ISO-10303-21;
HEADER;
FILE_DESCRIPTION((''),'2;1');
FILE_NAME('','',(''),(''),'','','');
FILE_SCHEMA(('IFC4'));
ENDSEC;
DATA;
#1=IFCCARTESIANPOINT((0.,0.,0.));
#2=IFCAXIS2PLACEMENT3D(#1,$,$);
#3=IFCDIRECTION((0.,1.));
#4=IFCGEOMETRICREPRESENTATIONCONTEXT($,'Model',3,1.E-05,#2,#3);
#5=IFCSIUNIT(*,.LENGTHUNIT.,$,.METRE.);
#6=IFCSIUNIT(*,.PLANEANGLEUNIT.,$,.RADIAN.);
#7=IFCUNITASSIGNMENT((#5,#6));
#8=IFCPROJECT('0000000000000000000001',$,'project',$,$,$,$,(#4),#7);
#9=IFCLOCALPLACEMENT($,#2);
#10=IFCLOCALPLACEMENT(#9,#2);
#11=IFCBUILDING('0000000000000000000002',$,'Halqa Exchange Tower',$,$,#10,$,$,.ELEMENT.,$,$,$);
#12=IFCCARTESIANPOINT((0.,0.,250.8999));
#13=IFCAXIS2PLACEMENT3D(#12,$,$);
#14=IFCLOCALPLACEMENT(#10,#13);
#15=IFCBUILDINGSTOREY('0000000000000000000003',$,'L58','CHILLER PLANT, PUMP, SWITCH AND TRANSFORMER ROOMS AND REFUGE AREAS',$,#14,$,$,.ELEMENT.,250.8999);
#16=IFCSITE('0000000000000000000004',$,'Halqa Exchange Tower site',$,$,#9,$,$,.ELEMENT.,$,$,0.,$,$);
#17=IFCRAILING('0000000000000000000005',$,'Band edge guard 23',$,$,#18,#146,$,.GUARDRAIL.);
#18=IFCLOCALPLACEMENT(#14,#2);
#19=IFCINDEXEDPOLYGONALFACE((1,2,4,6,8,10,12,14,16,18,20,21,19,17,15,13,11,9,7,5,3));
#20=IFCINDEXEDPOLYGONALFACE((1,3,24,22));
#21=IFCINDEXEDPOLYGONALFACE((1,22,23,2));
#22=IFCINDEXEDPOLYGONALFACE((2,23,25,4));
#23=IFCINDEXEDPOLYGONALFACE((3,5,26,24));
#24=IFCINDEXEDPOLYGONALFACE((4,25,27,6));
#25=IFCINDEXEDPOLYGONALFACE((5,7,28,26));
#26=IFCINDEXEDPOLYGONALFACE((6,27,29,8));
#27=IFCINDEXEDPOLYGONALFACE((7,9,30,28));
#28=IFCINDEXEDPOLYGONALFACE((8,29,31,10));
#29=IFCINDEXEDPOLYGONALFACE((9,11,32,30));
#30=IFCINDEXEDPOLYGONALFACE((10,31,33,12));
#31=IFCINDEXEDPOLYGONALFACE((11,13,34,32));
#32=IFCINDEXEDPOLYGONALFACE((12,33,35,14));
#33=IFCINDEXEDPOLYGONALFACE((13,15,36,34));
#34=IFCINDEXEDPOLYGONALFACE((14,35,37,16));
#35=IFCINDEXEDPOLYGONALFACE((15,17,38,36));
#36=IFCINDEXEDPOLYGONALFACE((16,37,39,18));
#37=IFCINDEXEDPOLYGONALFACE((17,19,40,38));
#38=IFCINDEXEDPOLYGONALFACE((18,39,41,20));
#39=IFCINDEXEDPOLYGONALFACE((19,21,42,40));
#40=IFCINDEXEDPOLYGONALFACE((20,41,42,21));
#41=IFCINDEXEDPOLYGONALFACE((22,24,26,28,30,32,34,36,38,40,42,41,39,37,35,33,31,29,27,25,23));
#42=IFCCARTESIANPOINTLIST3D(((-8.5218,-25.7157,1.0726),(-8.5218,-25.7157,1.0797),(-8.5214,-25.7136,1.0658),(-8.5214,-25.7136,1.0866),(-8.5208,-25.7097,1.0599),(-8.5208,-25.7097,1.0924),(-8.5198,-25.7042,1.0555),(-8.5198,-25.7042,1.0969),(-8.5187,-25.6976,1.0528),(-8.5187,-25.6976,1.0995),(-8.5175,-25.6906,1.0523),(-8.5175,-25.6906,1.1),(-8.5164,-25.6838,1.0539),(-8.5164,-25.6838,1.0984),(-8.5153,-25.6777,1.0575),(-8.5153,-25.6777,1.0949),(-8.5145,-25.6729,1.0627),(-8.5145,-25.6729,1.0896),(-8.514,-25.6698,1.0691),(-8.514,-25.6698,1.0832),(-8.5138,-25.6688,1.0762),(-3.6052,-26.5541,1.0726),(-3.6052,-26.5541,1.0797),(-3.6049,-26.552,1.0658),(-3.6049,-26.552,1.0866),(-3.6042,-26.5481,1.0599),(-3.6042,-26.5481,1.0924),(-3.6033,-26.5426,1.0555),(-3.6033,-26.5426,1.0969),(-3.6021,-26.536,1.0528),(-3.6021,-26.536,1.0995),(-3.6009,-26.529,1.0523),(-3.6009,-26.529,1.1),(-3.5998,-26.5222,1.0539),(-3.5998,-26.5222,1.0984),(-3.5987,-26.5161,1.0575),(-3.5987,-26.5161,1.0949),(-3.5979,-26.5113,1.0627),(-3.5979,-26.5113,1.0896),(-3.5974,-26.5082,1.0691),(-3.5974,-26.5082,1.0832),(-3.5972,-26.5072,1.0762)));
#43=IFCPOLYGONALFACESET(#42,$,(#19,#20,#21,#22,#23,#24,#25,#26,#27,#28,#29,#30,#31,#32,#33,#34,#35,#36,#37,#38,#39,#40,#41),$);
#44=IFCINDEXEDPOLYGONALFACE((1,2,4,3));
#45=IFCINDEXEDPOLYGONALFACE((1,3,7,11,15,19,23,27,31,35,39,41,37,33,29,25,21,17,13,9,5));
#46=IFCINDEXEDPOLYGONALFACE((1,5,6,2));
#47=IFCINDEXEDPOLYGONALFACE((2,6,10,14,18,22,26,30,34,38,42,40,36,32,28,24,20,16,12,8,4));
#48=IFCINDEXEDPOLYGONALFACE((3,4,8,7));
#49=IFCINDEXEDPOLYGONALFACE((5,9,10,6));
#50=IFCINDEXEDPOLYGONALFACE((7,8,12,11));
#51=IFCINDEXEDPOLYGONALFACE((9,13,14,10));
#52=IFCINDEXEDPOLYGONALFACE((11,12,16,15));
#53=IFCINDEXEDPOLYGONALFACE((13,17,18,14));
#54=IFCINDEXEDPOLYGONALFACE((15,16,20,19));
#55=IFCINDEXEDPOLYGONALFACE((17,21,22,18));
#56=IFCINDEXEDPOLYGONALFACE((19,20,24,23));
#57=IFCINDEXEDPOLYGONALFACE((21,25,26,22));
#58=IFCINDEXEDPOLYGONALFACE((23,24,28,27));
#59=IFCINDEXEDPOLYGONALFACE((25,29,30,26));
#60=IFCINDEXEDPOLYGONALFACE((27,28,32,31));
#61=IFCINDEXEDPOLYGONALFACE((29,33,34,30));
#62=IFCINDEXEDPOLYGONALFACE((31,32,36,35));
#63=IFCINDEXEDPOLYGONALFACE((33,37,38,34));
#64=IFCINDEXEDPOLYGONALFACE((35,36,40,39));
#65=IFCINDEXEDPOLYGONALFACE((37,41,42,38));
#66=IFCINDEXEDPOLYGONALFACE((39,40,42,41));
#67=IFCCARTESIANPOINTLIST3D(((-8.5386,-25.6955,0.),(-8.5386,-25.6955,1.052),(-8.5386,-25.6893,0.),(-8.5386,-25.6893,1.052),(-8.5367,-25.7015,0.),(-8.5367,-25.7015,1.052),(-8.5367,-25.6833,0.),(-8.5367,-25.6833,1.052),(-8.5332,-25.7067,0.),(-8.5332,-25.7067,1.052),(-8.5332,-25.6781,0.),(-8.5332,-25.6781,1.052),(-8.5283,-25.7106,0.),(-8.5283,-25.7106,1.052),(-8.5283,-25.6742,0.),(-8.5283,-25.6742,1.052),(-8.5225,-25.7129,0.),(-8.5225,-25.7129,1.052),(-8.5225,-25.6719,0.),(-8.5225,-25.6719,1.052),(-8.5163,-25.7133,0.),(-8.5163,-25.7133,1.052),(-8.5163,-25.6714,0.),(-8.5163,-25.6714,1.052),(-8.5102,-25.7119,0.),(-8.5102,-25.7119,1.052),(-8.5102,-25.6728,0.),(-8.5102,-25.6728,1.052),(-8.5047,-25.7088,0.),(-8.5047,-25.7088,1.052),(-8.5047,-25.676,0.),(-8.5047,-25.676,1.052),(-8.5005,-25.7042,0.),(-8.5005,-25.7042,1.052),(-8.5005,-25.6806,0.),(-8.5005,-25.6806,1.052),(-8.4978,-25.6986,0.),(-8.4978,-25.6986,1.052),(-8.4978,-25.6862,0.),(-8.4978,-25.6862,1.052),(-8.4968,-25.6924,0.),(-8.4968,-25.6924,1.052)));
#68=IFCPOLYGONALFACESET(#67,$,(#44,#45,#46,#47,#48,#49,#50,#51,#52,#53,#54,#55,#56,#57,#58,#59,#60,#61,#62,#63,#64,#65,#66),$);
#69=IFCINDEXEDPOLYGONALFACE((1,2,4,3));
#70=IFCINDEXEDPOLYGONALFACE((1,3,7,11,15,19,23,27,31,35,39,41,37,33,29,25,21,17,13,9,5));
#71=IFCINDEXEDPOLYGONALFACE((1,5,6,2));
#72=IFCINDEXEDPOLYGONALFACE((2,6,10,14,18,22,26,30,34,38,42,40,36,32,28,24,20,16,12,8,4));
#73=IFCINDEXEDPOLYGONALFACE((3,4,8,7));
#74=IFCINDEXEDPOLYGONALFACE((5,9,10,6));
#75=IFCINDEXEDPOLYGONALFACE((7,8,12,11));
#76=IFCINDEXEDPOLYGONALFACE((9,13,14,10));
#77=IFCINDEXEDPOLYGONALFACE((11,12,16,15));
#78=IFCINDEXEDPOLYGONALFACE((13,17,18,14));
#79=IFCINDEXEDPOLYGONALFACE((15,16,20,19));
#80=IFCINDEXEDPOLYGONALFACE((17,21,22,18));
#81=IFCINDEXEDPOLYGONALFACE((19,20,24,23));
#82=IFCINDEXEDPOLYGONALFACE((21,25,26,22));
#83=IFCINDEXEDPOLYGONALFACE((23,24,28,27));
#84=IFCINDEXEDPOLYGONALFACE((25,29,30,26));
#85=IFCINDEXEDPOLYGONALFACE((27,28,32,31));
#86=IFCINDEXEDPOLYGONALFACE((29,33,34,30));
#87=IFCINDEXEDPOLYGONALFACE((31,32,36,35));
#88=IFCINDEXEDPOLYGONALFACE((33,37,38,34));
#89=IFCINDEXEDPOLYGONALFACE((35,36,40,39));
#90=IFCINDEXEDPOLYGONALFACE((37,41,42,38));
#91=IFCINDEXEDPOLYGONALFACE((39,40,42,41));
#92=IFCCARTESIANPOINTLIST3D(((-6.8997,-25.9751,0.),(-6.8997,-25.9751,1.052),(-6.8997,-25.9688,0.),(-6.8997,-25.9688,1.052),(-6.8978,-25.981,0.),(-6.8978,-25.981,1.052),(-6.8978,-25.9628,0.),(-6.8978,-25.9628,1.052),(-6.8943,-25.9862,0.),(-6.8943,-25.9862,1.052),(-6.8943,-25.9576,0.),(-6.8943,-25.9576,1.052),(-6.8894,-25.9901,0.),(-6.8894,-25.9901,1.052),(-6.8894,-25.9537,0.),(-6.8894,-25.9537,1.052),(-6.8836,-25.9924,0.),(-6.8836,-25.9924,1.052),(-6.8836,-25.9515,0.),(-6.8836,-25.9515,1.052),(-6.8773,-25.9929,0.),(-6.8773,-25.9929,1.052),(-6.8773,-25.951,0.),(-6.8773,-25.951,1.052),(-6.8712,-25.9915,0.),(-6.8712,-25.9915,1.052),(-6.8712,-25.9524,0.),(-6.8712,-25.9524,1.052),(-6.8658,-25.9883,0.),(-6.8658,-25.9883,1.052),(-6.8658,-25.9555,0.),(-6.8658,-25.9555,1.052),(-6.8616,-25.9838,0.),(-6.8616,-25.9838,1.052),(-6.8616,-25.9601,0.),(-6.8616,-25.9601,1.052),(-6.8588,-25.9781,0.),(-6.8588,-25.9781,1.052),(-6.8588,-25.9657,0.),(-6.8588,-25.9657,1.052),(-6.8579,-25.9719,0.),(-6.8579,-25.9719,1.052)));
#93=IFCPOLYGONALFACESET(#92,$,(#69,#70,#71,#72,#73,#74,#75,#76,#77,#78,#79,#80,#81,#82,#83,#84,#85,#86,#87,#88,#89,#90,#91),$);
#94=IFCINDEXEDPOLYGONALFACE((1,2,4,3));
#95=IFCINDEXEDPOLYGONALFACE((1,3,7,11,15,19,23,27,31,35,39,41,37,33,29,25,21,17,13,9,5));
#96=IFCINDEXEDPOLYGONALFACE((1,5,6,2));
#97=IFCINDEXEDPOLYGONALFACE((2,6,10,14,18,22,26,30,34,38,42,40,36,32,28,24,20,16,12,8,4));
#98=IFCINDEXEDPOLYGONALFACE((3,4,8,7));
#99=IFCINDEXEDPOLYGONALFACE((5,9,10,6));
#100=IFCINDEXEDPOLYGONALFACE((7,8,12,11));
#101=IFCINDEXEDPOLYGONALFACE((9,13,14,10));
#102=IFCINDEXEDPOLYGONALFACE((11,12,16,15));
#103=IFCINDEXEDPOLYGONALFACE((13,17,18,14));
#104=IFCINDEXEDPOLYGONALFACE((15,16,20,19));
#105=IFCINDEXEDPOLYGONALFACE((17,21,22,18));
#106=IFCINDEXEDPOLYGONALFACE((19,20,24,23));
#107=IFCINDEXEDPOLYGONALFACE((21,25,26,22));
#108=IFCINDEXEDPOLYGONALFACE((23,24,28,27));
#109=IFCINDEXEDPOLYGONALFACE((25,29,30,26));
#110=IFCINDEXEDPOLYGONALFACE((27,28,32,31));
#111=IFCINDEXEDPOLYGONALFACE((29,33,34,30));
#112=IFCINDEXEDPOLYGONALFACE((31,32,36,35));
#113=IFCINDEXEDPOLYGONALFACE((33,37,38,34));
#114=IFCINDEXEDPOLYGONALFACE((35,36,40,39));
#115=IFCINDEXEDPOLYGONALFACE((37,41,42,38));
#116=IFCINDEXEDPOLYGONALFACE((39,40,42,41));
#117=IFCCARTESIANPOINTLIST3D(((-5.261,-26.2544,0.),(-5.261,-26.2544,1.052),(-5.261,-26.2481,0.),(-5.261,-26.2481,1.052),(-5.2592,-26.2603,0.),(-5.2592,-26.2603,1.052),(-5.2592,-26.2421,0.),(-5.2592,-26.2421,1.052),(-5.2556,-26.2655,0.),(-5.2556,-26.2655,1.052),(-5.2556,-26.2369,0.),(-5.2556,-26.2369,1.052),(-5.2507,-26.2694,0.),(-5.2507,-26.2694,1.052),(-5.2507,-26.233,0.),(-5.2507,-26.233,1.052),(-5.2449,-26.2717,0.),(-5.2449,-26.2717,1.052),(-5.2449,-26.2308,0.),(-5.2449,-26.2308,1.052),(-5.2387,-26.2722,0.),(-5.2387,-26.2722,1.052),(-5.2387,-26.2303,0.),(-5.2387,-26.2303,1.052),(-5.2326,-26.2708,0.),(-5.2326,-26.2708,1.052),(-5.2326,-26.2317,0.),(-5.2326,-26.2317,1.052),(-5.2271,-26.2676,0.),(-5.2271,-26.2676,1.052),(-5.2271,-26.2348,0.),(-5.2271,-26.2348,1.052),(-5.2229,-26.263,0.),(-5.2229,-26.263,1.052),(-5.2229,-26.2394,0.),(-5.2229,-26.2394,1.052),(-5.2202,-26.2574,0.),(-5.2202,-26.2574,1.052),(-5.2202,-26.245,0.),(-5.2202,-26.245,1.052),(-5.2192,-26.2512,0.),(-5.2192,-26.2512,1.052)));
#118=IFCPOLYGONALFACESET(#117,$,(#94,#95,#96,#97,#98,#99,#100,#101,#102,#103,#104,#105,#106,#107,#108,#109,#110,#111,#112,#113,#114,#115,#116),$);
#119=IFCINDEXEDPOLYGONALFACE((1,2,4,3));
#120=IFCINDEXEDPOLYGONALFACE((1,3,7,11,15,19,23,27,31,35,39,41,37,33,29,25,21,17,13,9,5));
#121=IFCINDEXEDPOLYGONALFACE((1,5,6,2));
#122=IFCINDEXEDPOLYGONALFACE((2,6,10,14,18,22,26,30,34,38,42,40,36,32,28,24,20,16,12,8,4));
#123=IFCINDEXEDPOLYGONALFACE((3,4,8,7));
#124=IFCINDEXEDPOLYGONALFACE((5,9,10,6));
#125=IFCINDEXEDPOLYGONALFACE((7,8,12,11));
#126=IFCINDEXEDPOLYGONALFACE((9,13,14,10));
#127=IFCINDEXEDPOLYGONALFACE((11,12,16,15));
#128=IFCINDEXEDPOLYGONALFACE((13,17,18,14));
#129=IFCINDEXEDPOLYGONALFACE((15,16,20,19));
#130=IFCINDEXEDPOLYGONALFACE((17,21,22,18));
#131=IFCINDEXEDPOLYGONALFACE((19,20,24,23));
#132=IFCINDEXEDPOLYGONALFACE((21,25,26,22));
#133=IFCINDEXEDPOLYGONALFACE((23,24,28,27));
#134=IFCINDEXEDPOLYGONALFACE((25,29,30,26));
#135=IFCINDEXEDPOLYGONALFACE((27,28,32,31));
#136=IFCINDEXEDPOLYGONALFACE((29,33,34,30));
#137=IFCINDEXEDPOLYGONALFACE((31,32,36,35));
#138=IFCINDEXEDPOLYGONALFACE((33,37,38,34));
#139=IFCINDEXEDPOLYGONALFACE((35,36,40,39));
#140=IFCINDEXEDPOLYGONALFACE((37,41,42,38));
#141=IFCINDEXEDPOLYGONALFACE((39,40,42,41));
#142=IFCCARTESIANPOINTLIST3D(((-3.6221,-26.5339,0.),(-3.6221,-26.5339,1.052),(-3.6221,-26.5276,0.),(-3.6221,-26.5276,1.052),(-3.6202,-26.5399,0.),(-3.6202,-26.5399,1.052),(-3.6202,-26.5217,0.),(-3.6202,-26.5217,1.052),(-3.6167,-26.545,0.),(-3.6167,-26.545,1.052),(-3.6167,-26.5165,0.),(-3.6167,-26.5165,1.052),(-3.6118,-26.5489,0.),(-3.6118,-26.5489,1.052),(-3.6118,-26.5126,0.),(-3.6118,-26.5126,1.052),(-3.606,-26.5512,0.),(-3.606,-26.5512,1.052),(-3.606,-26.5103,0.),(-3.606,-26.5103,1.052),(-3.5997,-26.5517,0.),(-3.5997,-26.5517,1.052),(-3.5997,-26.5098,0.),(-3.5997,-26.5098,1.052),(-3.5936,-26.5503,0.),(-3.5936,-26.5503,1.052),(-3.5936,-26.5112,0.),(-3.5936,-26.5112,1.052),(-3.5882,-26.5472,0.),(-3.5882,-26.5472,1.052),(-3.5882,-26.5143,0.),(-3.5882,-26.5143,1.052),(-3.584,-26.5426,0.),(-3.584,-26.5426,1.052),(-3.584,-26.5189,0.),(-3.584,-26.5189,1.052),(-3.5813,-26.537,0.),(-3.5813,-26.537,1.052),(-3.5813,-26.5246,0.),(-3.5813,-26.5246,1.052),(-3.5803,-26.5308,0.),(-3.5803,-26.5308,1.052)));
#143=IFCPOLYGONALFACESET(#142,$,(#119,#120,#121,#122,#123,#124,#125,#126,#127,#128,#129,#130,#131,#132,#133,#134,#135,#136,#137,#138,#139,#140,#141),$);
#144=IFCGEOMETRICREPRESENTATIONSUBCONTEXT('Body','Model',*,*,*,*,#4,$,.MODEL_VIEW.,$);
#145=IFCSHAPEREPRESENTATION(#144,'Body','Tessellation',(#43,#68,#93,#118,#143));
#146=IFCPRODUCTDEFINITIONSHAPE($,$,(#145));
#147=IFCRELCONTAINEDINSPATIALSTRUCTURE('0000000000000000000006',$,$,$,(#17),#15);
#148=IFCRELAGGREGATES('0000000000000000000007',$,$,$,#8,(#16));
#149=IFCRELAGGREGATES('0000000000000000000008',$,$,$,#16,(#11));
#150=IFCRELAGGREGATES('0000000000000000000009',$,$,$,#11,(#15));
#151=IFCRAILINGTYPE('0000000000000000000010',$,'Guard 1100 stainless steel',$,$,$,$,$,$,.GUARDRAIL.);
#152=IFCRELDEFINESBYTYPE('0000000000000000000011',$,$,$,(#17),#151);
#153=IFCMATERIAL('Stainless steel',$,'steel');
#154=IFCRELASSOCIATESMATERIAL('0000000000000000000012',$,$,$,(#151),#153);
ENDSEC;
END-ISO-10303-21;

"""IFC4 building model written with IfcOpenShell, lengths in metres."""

from ifc_helpers import new_model, si_unit, direction, frame, origin, origin_2d, place, context, subcontext, project, spatial, circle, extrude, material, type_object, element, save


model = new_model("IFC4")

# Units and contexts
model_context = context("Model", 3, precision=1e-05, world=origin(), true_north=direction((0.0, 1.0)))
body_context = subcontext(model_context, "Body", "Model", "MODEL_VIEW")
ifc_project = project(units=[si_unit("LENGTHUNIT", "METRE"), si_unit("PLANEANGLEUNIT", "RADIAN")], contexts=[model_context])

# Site, building, storey
site_placement = place(None, origin())
site = spatial("IfcSite", under=ifc_project, at=site_placement, Name="Halqa Exchange Tower site", CompositionType="ELEMENT", RefElevation=0.0)
building_placement = place(site_placement, origin())
building = spatial("IfcBuilding", under=site, at=building_placement, Name="Halqa Exchange Tower", CompositionType="ELEMENT")
storey_placement = place(building_placement, frame((0.0, 0.0, 250.8999)))
storey = spatial("IfcBuildingStorey", under=building, at=storey_placement, Name="L58", Description="CHILLER PLANT, PUMP, SWITCH AND TRANSFORMER ROOMS AND REFUGE AREAS", CompositionType="ELEMENT", Elevation=250.8999)

# Railing
ifc_material_1 = material(Name="Stainless steel", Category="steel")
railing_type = type_object("IfcRailingType", Name="Guard 1100 stainless steel", PredefinedType="GUARDRAIL", material=ifc_material_1)
railing_1_placement = place(storey_placement, frame((-8.5178, -25.6924, 0.0)))
element("IfcRailing", 1, at=railing_1_placement, inside=storey, type_object=railing_type, Name="Band edge guard 23", PredefinedType="GUARDRAIL", context=body_context, shape_type="SweptSolid", body=[
    extrude(circle(Radius=0.0239, at=origin_2d()), frame((0.0, 0.0, 1.0762), z_axis=(0.98577, -0.168097, 0.0), x_axis=(0.168097, 0.98577, 0.0)), (0.0, 0.0, 1.0), 4.9875),
    extrude(circle(Radius=0.021, at=origin_2d()), origin(), (0.0, 0.0, 1.0), 1.052),
    extrude(circle(Radius=0.021, at=origin_2d()), frame((1.6389, -0.2795, 0.0)), (0.0, 0.0, 1.0), 1.052),
    extrude(circle(Radius=0.021, at=origin_2d()), frame((3.2776, -0.5588, 0.0)), (0.0, 0.0, 1.0), 1.052),
    extrude(circle(Radius=0.021, at=origin_2d()), frame((4.9165, -0.8384, 0.0)), (0.0, 0.0, 1.0), 1.052),
])

save(model, "model.ifc")
